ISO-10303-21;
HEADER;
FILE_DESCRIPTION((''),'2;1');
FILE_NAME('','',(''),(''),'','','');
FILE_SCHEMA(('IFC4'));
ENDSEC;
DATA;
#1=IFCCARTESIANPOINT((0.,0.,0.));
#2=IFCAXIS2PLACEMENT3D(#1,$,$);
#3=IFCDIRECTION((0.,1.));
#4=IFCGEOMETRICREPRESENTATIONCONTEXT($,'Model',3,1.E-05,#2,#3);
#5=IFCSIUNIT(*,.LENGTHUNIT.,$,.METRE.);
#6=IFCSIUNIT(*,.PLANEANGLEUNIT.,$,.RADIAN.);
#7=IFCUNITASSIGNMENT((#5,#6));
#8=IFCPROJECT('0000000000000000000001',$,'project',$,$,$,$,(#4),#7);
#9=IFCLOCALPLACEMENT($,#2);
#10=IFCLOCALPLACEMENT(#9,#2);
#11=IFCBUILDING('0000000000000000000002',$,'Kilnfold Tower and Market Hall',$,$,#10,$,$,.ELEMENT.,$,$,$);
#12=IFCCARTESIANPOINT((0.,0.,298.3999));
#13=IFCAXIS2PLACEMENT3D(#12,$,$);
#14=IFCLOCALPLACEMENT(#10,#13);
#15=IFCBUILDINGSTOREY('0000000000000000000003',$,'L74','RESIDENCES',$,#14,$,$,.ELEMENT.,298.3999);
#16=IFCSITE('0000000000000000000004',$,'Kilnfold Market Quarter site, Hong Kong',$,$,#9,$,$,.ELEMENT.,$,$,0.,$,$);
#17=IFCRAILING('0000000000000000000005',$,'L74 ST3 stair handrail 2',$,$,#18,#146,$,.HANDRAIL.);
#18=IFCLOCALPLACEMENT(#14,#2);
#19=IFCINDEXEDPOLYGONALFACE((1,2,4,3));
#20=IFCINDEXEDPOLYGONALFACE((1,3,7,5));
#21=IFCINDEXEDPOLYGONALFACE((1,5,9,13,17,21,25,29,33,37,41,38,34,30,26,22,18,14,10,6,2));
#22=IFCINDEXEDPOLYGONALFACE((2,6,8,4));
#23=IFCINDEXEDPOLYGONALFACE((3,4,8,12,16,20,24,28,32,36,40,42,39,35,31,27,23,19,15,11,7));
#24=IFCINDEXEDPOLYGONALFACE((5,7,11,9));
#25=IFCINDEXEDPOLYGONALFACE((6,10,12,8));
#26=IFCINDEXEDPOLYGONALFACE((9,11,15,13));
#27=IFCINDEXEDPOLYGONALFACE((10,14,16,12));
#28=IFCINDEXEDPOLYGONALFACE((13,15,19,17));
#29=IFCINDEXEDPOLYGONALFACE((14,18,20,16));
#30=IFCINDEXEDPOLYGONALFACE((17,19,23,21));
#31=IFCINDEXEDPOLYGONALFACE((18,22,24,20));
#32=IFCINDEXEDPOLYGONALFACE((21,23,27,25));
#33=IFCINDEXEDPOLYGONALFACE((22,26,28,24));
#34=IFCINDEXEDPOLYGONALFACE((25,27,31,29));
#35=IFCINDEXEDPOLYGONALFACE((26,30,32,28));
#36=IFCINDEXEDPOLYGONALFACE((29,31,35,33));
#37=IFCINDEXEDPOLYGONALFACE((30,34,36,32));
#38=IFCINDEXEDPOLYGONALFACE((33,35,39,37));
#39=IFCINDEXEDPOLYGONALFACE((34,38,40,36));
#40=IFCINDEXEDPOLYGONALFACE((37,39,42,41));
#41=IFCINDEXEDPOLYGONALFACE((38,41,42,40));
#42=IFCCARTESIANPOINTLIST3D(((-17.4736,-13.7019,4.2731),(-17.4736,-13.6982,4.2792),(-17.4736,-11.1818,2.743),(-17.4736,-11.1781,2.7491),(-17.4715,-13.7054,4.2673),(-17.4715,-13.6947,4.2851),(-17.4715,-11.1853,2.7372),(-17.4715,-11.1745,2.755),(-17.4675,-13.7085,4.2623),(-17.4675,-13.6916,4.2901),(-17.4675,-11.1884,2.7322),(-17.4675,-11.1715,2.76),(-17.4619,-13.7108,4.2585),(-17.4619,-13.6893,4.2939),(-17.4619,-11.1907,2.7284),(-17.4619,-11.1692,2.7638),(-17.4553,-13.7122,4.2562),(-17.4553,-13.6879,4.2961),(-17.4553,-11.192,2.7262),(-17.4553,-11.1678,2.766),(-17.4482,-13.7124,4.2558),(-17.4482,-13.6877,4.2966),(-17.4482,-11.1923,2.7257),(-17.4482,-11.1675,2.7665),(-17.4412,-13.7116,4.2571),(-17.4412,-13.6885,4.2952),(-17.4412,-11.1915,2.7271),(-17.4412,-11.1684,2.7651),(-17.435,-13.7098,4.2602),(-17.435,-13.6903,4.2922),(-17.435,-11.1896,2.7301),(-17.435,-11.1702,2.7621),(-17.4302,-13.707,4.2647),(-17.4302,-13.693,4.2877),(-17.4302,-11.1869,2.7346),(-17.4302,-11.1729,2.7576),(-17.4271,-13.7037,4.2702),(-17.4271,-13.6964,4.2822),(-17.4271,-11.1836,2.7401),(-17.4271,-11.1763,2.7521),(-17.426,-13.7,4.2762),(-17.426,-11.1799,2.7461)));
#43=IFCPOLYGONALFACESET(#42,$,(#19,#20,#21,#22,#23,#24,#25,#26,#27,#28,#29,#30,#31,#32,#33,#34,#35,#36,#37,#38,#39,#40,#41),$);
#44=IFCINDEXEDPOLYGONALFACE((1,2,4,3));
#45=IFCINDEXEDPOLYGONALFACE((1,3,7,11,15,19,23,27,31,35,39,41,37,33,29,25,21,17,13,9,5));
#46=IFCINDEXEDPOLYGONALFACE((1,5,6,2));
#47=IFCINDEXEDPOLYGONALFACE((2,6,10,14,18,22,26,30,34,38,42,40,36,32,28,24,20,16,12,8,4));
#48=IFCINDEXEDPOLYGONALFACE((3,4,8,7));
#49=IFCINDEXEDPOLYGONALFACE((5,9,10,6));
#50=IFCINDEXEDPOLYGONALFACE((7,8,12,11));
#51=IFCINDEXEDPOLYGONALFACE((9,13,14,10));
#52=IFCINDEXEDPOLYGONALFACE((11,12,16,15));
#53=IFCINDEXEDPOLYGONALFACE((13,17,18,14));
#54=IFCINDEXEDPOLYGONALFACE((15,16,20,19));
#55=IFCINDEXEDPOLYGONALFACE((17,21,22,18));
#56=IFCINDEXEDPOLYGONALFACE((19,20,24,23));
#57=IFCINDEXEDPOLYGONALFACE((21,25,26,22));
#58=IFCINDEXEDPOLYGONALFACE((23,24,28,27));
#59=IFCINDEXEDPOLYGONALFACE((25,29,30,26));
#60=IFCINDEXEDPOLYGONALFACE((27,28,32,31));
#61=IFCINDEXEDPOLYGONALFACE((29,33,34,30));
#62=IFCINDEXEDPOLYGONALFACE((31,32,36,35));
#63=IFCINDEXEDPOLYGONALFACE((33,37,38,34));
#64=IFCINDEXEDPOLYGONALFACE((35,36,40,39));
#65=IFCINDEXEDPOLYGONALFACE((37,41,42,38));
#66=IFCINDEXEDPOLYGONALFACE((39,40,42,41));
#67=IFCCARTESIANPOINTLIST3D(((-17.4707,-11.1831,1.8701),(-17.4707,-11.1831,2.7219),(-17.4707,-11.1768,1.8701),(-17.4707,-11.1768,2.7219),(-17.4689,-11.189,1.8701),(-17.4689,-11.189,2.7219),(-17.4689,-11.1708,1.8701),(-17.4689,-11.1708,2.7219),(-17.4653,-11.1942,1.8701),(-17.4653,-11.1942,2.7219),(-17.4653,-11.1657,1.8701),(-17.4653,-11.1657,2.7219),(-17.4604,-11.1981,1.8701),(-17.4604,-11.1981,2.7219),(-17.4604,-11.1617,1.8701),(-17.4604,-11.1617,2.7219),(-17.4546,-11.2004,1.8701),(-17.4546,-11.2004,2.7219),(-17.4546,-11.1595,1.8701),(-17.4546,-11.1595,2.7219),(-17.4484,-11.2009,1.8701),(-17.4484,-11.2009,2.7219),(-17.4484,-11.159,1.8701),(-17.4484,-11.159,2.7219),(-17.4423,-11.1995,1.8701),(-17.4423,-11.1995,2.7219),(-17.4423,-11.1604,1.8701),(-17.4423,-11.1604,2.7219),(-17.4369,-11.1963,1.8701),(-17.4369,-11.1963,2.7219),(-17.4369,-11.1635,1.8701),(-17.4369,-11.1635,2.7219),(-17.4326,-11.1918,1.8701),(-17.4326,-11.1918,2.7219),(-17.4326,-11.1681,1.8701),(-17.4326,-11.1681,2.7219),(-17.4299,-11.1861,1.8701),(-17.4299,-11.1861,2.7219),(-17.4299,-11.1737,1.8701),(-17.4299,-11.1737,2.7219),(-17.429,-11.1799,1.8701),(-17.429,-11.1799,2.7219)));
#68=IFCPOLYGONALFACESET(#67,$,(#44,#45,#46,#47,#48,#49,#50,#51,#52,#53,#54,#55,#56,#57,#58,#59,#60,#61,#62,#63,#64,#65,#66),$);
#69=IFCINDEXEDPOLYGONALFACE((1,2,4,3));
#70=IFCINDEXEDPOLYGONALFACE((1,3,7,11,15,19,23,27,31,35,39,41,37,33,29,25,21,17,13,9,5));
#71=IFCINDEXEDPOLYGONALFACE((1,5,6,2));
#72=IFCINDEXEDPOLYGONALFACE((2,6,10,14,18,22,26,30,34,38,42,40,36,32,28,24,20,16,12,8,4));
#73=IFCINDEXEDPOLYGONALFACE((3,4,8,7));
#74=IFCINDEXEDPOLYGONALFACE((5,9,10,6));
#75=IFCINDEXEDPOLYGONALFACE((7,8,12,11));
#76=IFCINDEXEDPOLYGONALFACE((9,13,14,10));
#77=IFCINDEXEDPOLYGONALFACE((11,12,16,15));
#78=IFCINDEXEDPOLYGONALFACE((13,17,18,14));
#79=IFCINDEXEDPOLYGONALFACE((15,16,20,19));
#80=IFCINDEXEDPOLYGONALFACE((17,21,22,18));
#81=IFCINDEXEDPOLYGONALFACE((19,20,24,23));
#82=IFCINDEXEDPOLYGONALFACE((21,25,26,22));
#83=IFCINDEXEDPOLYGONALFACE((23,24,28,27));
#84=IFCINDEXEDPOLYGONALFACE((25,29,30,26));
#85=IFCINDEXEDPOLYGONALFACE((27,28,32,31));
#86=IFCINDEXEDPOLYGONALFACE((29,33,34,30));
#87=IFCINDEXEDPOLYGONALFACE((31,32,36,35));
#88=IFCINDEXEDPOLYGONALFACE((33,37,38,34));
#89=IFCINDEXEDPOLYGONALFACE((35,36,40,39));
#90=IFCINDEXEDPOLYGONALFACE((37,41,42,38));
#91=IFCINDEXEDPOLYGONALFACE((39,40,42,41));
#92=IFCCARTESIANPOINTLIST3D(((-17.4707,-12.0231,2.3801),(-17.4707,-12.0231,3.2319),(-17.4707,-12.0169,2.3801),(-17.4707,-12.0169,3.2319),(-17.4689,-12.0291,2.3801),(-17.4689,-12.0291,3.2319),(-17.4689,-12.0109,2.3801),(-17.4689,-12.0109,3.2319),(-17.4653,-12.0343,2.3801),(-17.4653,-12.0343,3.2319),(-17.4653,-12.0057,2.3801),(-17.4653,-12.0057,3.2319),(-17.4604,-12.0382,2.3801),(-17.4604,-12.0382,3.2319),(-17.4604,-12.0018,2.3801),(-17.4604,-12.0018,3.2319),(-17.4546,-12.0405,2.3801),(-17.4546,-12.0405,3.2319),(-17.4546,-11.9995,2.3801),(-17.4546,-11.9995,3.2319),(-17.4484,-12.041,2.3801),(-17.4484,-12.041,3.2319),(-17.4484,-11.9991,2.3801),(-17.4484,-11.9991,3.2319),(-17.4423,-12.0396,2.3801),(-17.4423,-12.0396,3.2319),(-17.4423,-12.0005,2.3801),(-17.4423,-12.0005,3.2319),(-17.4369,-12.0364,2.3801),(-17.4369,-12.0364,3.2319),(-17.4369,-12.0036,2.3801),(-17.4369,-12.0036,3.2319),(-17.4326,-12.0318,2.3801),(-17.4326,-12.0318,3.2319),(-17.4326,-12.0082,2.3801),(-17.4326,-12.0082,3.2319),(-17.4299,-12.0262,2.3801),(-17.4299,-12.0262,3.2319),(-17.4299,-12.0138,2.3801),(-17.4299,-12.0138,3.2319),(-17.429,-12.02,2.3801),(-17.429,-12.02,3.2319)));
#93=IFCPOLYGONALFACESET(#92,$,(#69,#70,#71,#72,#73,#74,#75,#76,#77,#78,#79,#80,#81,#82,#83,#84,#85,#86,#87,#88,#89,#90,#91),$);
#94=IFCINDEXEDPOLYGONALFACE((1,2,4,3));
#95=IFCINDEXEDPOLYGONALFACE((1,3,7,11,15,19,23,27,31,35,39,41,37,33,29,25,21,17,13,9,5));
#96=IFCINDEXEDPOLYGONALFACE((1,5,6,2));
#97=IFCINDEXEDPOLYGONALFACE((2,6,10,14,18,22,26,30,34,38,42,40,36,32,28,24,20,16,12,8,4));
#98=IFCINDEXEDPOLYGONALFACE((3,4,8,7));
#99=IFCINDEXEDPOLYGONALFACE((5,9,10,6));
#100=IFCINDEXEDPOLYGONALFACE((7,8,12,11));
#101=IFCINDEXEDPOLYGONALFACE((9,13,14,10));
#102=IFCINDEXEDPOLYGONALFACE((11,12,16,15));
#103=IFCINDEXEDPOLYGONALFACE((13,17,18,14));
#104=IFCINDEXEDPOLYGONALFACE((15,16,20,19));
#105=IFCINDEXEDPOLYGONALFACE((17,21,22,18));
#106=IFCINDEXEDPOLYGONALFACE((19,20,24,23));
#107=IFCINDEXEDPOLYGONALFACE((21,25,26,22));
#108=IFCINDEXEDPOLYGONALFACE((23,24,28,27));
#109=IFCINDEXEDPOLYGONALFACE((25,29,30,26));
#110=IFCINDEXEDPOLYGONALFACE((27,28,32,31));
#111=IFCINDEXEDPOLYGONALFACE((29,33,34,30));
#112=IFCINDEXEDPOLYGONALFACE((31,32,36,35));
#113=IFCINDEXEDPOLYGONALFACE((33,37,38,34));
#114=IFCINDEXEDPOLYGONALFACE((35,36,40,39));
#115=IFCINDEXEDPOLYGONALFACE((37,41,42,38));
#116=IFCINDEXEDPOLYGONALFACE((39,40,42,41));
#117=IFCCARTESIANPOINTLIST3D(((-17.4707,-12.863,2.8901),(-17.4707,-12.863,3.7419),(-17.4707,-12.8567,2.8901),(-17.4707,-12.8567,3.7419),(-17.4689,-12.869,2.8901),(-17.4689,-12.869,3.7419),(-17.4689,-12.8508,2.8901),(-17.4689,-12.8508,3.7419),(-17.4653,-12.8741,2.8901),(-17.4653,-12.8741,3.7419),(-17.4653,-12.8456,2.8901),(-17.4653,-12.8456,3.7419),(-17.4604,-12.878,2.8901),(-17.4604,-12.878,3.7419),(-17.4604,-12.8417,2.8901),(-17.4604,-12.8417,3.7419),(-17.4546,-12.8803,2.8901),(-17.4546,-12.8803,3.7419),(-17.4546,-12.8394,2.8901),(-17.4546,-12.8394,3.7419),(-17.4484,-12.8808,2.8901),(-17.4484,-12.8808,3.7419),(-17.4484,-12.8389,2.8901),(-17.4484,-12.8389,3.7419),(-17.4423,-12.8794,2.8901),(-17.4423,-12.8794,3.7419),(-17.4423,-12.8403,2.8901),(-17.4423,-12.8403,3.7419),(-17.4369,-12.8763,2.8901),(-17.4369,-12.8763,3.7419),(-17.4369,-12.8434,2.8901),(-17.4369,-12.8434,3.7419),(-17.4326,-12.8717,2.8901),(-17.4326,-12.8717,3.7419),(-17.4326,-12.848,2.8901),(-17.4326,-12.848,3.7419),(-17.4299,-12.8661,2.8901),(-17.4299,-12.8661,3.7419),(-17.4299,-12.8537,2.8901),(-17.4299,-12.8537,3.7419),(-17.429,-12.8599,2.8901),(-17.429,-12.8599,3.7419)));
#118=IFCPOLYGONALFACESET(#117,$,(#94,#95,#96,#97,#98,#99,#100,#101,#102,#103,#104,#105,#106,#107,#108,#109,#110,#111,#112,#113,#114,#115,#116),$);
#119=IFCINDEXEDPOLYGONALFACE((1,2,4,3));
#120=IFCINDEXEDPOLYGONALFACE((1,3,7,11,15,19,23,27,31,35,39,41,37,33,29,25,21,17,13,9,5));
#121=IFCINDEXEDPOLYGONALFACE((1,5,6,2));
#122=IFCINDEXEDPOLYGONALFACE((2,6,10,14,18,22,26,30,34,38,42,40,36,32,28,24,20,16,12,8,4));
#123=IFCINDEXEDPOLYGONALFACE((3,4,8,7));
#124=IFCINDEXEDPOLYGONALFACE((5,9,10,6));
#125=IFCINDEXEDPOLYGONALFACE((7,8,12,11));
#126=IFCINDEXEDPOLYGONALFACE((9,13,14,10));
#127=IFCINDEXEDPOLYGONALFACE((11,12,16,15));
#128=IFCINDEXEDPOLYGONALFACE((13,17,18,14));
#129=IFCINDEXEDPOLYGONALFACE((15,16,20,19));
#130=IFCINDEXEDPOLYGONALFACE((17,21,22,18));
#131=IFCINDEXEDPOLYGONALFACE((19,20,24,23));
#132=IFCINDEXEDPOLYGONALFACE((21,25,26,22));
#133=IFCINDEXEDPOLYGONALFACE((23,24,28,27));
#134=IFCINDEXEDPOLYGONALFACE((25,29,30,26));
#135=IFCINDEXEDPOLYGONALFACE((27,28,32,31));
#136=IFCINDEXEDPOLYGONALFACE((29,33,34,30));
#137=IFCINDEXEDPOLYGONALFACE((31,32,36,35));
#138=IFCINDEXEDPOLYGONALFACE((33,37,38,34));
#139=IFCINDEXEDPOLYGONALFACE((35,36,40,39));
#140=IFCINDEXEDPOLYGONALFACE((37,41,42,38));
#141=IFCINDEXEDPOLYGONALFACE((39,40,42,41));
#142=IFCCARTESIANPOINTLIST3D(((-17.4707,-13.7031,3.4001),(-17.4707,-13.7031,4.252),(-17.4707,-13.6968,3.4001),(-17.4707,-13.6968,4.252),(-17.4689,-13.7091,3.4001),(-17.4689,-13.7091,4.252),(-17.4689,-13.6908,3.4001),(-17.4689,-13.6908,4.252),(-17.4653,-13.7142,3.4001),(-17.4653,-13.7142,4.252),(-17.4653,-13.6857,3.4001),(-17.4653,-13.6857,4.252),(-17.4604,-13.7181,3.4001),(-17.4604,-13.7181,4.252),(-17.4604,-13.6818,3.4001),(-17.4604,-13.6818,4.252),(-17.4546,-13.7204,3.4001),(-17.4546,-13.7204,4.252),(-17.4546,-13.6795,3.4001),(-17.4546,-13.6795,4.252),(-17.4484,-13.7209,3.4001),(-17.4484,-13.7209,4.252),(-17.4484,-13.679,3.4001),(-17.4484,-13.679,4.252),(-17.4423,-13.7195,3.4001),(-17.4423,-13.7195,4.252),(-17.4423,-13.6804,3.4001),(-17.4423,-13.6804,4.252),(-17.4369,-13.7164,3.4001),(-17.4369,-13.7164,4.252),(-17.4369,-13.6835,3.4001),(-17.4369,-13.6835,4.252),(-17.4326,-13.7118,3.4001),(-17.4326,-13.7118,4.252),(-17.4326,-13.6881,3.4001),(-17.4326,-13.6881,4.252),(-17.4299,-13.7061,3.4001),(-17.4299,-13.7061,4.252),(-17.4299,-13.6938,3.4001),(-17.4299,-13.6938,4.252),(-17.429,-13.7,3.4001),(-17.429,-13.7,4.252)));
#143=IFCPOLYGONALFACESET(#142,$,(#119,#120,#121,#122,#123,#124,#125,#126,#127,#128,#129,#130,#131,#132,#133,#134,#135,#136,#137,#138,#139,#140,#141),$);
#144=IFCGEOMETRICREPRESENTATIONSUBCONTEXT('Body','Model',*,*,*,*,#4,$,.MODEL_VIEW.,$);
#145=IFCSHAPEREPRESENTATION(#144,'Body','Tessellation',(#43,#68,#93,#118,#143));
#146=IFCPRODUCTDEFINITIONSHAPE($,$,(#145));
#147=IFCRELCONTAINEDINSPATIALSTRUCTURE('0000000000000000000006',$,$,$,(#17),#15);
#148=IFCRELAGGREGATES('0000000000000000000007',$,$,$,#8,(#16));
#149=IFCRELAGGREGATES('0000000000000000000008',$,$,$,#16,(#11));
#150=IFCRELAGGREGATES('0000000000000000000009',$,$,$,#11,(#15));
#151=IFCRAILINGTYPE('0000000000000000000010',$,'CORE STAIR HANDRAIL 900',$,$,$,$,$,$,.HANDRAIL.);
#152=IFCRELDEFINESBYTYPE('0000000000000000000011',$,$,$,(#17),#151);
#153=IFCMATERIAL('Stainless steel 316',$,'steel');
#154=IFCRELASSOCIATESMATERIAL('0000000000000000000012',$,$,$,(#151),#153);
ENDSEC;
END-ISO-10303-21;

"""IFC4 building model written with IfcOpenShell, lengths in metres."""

from ifc_helpers import new_model, si_unit, direction, frame, origin, origin_2d, place, context, subcontext, project, spatial, circle, extrude, material, type_object, element, save


model = new_model("IFC4")

# Units and contexts
model_context = context("Model", 3, precision=1e-05, world=origin(), true_north=direction((0.0, 1.0)))
body_context = subcontext(model_context, "Body", "Model", "MODEL_VIEW")
ifc_project = project(units=[si_unit("LENGTHUNIT", "METRE"), si_unit("PLANEANGLEUNIT", "RADIAN")], contexts=[model_context])

# Site, building, storey
site_placement = place(None, origin())
site = spatial("IfcSite", under=ifc_project, at=site_placement, Name="Kilnfold Market Quarter site, Hong Kong", CompositionType="ELEMENT", RefElevation=0.0)
building_placement = place(site_placement, origin())
building = spatial("IfcBuilding", under=site, at=building_placement, Name="Kilnfold Tower and Market Hall", CompositionType="ELEMENT")
storey_placement = place(building_placement, frame((0.0, 0.0, 298.3999)))
storey = spatial("IfcBuildingStorey", under=building, at=storey_placement, Name="L74", Description="RESIDENCES", CompositionType="ELEMENT", Elevation=298.3999)

# Railing
ifc_material_1 = material(Name="Stainless steel 316", Category="steel")
railing_type_1 = type_object("IfcRailingType", Name="CORE STAIR HANDRAIL 900", PredefinedType="HANDRAIL", material=ifc_material_1)
railing_1_placement = place(storey_placement, frame((-17.45, -11.1799, 1.8701)))
element("IfcRailing", 1, at=railing_1_placement, inside=storey, type_object=railing_type_1, Name="L74 ST3 stair handrail 2", PredefinedType="HANDRAIL", context=body_context, shape_type="SweptSolid", body=[
    extrude(circle(Radius=0.0239, at=origin_2d()), frame((0.0, 0.0, 0.876), z_axis=(0.0, -0.854785, 0.518982), x_axis=(1.0, 0.0, 0.0)), (0.0, 0.0, 1.0), 2.9482),
    extrude(circle(Radius=0.021, at=origin_2d()), origin(), (0.0, 0.0, 1.0), 0.8518),
    extrude(circle(Radius=0.021, at=origin_2d()), frame((0.0, -0.8401, 0.51)), (0.0, 0.0, 1.0), 0.8518),
    extrude(circle(Radius=0.021, at=origin_2d()), frame((0.0, -1.6799, 1.02)), (0.0, 0.0, 1.0), 0.8518),
    extrude(circle(Radius=0.021, at=origin_2d()), frame((0.0, -2.52, 1.53)), (0.0, 0.0, 1.0), 0.8518),
])

save(model, "model.ifc")
